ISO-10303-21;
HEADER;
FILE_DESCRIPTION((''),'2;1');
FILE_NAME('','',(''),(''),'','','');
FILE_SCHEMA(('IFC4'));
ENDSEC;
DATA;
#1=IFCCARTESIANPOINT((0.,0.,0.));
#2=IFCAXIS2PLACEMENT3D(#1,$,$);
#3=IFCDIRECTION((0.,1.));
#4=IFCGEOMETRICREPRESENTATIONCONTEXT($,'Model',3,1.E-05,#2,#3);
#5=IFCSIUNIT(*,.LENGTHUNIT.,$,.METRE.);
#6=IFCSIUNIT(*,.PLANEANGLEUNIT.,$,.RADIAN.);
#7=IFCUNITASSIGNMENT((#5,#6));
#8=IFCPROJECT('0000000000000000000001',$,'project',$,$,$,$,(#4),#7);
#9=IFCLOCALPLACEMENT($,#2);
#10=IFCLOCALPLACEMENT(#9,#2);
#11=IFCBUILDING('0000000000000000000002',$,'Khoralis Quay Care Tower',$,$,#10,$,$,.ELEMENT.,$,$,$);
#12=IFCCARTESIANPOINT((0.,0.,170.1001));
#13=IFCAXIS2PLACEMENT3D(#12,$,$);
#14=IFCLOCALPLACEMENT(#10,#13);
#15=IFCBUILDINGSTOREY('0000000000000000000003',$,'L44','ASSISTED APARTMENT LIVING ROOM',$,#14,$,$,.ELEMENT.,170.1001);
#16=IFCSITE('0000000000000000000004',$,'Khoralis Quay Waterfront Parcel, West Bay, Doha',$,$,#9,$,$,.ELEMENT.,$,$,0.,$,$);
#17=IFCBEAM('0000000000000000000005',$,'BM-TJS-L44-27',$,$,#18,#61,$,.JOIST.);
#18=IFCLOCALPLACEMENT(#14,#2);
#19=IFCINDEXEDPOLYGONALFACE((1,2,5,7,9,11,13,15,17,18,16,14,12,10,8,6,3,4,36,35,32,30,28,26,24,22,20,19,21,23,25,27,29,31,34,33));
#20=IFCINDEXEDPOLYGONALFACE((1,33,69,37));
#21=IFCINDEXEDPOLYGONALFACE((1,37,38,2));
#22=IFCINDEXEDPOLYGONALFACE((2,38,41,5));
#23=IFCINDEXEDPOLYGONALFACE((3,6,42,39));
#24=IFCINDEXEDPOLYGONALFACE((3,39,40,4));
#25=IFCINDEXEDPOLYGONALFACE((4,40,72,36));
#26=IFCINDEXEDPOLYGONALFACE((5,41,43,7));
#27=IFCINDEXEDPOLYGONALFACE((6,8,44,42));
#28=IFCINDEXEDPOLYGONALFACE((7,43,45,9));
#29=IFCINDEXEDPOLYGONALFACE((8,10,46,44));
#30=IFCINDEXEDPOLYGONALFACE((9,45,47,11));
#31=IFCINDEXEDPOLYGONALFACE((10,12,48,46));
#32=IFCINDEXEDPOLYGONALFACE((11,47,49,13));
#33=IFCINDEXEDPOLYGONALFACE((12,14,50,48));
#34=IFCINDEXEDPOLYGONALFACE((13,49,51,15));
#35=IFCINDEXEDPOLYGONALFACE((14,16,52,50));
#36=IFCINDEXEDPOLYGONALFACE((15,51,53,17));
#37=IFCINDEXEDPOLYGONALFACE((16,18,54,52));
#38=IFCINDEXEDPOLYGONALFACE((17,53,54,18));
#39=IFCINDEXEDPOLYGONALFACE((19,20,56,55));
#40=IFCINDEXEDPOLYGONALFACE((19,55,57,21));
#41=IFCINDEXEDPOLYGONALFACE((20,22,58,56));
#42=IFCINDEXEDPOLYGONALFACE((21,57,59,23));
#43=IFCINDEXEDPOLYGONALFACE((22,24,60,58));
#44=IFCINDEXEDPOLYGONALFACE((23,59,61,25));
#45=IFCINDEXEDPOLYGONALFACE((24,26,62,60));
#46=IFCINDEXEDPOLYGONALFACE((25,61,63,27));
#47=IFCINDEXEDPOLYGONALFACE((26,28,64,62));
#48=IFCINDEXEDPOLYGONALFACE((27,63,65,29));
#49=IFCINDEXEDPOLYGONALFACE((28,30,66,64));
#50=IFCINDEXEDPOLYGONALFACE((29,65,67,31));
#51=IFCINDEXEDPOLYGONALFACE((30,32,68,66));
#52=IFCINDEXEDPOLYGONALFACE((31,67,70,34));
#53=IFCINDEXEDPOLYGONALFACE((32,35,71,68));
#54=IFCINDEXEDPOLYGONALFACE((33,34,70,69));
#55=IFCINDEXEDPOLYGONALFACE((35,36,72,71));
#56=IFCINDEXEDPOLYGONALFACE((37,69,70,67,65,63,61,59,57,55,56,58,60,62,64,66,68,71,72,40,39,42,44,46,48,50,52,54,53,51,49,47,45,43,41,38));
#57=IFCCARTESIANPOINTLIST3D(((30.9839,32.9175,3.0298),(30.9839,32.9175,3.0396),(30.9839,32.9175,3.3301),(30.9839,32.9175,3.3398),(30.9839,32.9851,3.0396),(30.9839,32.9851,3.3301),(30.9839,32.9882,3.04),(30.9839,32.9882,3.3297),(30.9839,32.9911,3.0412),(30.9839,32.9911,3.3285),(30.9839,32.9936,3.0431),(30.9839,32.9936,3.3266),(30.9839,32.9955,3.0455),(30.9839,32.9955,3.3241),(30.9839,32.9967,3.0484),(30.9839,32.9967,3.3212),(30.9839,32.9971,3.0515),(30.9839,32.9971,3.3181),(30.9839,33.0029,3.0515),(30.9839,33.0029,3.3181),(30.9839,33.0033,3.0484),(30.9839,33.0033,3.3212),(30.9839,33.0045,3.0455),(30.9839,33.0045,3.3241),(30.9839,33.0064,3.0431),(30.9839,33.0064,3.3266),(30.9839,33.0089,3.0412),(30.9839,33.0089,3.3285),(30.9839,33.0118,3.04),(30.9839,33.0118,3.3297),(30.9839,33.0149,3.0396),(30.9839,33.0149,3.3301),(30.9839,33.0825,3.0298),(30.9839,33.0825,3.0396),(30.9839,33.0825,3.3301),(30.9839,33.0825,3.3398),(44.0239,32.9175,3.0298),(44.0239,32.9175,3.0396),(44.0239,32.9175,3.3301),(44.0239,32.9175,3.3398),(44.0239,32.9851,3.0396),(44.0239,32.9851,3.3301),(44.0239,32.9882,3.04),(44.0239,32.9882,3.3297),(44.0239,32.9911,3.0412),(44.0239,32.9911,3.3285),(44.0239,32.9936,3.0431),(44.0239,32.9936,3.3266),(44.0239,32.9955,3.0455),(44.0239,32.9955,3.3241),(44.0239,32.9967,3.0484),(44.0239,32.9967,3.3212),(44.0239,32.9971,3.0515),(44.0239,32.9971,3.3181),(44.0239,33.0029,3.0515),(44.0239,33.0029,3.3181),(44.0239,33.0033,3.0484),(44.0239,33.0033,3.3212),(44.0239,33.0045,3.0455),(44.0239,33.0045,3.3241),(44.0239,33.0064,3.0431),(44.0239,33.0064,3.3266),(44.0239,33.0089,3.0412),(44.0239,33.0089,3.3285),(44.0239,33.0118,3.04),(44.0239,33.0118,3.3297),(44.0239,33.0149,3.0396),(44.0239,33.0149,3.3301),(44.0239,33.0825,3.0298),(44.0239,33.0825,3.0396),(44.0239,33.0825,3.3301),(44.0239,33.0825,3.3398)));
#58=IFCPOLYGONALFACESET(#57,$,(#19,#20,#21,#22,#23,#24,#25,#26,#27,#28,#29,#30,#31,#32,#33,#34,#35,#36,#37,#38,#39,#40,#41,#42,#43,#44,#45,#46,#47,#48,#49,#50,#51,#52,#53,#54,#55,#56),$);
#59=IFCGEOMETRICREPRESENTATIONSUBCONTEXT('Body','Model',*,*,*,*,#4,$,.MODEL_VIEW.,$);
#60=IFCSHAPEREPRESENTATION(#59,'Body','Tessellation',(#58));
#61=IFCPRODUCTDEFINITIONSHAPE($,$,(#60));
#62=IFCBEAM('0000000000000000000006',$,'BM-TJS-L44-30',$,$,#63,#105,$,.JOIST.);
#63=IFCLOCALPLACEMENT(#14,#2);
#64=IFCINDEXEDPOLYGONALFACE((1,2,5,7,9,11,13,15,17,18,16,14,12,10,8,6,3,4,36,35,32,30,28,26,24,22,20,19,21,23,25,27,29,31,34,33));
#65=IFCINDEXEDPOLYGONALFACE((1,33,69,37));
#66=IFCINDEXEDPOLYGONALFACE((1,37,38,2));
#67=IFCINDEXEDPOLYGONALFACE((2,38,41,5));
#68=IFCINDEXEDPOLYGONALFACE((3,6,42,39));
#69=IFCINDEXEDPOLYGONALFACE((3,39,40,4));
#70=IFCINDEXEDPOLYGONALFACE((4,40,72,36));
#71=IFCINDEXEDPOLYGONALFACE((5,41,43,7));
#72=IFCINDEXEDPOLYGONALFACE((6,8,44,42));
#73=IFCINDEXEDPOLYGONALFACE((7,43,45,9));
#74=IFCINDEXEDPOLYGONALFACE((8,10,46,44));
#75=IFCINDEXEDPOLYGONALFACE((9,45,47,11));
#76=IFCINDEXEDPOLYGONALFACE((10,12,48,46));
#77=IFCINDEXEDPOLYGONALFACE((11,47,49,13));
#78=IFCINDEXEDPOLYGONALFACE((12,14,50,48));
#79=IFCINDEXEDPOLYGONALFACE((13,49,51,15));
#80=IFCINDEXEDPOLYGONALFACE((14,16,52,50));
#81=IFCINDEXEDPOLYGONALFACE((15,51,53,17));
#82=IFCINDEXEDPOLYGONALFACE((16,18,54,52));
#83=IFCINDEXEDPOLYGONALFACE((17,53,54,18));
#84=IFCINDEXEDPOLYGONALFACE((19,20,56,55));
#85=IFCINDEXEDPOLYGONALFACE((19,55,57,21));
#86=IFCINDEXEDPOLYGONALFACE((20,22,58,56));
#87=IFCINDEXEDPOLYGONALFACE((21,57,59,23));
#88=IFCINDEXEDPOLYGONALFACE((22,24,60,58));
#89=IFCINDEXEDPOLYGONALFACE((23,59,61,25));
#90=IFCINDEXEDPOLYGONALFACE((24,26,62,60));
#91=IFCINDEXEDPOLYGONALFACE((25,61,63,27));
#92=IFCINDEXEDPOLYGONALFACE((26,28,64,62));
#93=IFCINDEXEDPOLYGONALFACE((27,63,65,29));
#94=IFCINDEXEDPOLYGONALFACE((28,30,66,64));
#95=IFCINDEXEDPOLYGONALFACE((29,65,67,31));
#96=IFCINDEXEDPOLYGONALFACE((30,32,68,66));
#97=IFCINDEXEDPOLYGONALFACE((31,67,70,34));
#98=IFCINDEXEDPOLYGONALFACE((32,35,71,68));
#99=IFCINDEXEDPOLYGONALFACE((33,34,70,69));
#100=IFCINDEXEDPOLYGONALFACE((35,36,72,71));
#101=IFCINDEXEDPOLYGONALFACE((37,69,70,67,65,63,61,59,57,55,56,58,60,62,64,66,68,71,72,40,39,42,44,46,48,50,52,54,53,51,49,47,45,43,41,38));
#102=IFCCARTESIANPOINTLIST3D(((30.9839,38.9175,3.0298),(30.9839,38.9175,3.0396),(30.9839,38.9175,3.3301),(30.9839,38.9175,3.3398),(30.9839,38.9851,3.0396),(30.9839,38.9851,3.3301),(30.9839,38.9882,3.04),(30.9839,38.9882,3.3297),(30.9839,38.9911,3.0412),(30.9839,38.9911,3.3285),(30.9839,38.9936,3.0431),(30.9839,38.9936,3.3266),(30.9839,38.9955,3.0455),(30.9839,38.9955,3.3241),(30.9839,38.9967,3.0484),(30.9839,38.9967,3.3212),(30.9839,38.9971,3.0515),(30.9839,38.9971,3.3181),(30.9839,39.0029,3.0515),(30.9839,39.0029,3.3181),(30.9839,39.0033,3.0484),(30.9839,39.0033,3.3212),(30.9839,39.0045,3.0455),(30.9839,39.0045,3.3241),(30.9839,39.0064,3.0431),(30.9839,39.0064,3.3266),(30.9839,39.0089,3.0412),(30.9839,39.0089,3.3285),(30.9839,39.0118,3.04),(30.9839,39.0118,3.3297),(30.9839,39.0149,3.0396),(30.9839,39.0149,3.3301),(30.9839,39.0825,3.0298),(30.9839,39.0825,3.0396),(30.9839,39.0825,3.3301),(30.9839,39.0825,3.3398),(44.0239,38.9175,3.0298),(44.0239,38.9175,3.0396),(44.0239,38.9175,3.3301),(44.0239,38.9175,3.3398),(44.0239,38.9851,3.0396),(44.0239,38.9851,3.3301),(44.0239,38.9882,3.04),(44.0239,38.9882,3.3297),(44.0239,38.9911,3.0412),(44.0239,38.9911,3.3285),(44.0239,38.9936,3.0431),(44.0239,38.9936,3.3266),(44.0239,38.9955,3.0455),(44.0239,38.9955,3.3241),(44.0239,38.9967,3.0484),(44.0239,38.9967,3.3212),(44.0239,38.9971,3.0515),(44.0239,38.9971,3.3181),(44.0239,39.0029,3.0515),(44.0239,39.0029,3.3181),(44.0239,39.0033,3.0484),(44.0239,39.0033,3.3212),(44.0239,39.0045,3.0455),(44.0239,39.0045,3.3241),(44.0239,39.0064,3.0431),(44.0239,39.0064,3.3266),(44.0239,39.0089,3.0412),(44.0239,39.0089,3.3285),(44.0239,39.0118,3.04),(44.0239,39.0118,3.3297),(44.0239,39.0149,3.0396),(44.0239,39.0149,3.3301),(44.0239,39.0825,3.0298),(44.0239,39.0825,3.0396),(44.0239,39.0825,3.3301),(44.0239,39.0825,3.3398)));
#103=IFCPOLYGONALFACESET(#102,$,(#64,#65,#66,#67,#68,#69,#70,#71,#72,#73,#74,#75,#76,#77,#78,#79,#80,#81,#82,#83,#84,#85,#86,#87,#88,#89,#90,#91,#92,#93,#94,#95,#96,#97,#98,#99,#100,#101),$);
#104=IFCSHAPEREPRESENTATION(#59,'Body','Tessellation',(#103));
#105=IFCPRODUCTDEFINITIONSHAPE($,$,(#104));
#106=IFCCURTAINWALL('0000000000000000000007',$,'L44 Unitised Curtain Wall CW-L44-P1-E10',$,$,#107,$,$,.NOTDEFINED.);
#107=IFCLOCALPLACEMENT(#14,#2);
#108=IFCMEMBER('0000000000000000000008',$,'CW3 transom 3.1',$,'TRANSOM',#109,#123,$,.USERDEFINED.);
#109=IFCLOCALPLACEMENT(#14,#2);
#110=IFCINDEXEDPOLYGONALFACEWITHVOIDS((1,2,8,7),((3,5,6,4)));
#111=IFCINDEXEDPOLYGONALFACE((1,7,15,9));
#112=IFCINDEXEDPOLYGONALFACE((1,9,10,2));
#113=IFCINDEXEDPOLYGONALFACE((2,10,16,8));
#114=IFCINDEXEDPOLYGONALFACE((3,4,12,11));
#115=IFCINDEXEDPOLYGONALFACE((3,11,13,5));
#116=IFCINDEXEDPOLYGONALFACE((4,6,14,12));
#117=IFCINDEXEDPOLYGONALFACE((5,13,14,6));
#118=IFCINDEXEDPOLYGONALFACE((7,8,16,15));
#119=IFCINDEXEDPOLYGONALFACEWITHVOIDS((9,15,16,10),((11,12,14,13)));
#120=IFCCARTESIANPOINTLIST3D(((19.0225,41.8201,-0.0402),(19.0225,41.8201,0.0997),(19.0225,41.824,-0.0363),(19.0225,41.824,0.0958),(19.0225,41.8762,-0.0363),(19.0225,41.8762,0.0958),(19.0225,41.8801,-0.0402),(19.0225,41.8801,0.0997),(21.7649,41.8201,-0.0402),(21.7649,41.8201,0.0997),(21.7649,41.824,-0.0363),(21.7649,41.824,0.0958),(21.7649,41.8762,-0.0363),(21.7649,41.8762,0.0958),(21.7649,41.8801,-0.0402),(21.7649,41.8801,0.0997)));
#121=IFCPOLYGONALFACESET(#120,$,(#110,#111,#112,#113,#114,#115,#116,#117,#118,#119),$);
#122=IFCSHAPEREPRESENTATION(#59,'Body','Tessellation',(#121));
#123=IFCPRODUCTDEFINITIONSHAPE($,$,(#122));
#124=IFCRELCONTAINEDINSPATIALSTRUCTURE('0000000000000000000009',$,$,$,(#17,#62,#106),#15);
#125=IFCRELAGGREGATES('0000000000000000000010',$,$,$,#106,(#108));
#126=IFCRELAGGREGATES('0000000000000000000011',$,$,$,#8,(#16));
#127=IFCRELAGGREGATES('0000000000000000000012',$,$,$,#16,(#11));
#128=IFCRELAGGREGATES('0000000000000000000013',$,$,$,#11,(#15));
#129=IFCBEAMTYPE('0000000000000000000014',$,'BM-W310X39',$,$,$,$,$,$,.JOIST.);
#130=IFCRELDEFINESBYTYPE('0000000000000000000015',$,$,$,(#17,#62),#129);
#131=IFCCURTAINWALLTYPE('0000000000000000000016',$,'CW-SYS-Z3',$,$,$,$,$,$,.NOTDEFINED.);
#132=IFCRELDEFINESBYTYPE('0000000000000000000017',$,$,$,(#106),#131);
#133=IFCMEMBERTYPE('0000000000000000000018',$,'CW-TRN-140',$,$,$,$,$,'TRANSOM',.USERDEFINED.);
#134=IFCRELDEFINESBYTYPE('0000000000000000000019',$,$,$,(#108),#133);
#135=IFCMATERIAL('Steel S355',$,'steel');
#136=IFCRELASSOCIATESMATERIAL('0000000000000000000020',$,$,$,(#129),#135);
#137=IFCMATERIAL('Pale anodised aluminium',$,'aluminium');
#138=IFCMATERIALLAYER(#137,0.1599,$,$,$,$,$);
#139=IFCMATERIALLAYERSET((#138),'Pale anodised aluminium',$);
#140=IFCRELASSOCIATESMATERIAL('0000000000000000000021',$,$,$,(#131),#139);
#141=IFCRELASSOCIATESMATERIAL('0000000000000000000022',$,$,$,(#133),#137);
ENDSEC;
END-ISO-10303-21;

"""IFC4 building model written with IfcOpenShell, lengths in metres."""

from ifc_helpers import new_model, si_unit, direction, frame, origin, origin_2d, place, context, subcontext, project, spatial, hollow_rectangle, i_section, extrude, source, transform, mapped, material, layer, layer_set, material_profile, profile_set, type_object, element, aggregate, save


model = new_model("IFC4")

# Units and contexts
model_context = context("Model", 3, precision=1e-05, world=origin(), true_north=direction((0.0, 1.0)))
body_context = subcontext(model_context, "Body", "Model", "MODEL_VIEW")
ifc_project = project(units=[si_unit("LENGTHUNIT", "METRE"), si_unit("PLANEANGLEUNIT", "RADIAN")], contexts=[model_context])

# Site, building, storey
site_placement = place(None, origin())
site = spatial("IfcSite", under=ifc_project, at=site_placement, Name="Khoralis Quay Waterfront Parcel, West Bay, Doha", CompositionType="ELEMENT", RefElevation=0.0)
building_placement = place(site_placement, origin())
building = spatial("IfcBuilding", under=site, at=building_placement, Name="Khoralis Quay Care Tower", CompositionType="ELEMENT")
storey_placement = place(building_placement, frame((0.0, 0.0, 170.1001)))
storey = spatial("IfcBuildingStorey", under=building, at=storey_placement, Name="L44", Description="ASSISTED APARTMENT LIVING ROOM", CompositionType="ELEMENT", Elevation=170.1001)

# Beams
ifc_material_1 = material(Name="Steel S355", Category="steel")
ifc_material_profile_1 = material_profile(ifc_material_1, i_section(OverallWidth=0.165, OverallDepth=0.3101, WebThickness=0.0059, FlangeThickness=0.0098, FilletRadius=0.012, at=origin_2d()), Name="Steel S355")
ifc_profile_set_1 = profile_set([ifc_material_profile_1], Name="Steel S355")
beam_type_1 = type_object("IfcBeamType", Name="BM-W310X39", PredefinedType="JOIST", material=ifc_profile_set_1)
shared_shape_1 = source(origin(), body_context, "Body", "SweptSolid", [
    extrude(i_section(OverallWidth=0.165, OverallDepth=0.3101, WebThickness=0.0059, FlangeThickness=0.0098, FilletRadius=0.012, at=origin_2d()), origin(), (0.0, 0.0, 1.0), 13.04),
])
for number, where, z_axis, x_axis, name in (
    (1, (30.9839, 33.0, 3.1848), (1.0, 0.0, 0.0), (0.0, 1.0, 0.0), "BM-TJS-L44-27"),
    (2, (30.9839, 39.0, 3.1848), (1.0, 0.0, 0.0), (0.0, 1.0, 0.0), "BM-TJS-L44-30"),
):
    element("IfcBeam", number, at=place(storey_placement, frame(where, z_axis=z_axis, x_axis=x_axis)), inside=storey, type_object=beam_type_1, Name=name, PredefinedType="JOIST", context=body_context, shape_type="MappedRepresentation", body=[
        mapped(shared_shape_1, transform((0.0, 0.0, 0.0), scale=1.0)),
    ])

# Curtain wall, member
ifc_material_2 = material(Name="Pale anodised aluminium", Category="aluminium")
ifc_layer_1 = layer(ifc_material_2, 0.1599)
ifc_layer_set_1 = layer_set([ifc_layer_1], Name="Pale anodised aluminium")
curtain_wall_type = type_object("IfcCurtainWallType", Name="CW-SYS-Z3", PredefinedType="NOTDEFINED", material=ifc_layer_set_1)
curtain_wall_placement = place(storey_placement, origin())
curtain_wall = element("IfcCurtainWall", 3, at=curtain_wall_placement, inside=storey, type_object=curtain_wall_type, Name="L44 Unitised Curtain Wall CW-L44-P1-E10", PredefinedType="NOTDEFINED")
ifc_material_profile_2 = material_profile(ifc_material_2, hollow_rectangle(XDim=0.0601, YDim=0.1399, WallThickness=0.0039, at=origin_2d()), Name="Pale anodised aluminium")
ifc_profile_set_2 = profile_set([ifc_material_profile_2], Name="Pale anodised aluminium")
member_type = type_object("IfcMemberType", Name="CW-TRN-140", ElementType="TRANSOM", PredefinedType="USERDEFINED", material=ifc_profile_set_2)
shared_shape_2 = source(origin(), body_context, "Body", "SweptSolid", [
    extrude(hollow_rectangle(XDim=0.0601, YDim=0.1399, WallThickness=0.0039, at=origin_2d()), origin(), (0.0, 0.0, 1.0), 2.7424),
])
member_placement = place(storey_placement, frame((21.7649, 41.8501, 0.0298), z_axis=(-1.0, 0.0, 0.0), x_axis=(0.0, -1.0, 0.0)))
member = element("IfcMember", 4, at=member_placement, type_object=member_type, Name="CW3 transom 3.1", ObjectType="TRANSOM", PredefinedType="USERDEFINED", context=body_context, shape_type="MappedRepresentation", body=[
    mapped(shared_shape_2, transform((0.0, 0.0, 0.0), scale=1.0)),
])
aggregate(curtain_wall, [member])

save(model, "model.ifc")
